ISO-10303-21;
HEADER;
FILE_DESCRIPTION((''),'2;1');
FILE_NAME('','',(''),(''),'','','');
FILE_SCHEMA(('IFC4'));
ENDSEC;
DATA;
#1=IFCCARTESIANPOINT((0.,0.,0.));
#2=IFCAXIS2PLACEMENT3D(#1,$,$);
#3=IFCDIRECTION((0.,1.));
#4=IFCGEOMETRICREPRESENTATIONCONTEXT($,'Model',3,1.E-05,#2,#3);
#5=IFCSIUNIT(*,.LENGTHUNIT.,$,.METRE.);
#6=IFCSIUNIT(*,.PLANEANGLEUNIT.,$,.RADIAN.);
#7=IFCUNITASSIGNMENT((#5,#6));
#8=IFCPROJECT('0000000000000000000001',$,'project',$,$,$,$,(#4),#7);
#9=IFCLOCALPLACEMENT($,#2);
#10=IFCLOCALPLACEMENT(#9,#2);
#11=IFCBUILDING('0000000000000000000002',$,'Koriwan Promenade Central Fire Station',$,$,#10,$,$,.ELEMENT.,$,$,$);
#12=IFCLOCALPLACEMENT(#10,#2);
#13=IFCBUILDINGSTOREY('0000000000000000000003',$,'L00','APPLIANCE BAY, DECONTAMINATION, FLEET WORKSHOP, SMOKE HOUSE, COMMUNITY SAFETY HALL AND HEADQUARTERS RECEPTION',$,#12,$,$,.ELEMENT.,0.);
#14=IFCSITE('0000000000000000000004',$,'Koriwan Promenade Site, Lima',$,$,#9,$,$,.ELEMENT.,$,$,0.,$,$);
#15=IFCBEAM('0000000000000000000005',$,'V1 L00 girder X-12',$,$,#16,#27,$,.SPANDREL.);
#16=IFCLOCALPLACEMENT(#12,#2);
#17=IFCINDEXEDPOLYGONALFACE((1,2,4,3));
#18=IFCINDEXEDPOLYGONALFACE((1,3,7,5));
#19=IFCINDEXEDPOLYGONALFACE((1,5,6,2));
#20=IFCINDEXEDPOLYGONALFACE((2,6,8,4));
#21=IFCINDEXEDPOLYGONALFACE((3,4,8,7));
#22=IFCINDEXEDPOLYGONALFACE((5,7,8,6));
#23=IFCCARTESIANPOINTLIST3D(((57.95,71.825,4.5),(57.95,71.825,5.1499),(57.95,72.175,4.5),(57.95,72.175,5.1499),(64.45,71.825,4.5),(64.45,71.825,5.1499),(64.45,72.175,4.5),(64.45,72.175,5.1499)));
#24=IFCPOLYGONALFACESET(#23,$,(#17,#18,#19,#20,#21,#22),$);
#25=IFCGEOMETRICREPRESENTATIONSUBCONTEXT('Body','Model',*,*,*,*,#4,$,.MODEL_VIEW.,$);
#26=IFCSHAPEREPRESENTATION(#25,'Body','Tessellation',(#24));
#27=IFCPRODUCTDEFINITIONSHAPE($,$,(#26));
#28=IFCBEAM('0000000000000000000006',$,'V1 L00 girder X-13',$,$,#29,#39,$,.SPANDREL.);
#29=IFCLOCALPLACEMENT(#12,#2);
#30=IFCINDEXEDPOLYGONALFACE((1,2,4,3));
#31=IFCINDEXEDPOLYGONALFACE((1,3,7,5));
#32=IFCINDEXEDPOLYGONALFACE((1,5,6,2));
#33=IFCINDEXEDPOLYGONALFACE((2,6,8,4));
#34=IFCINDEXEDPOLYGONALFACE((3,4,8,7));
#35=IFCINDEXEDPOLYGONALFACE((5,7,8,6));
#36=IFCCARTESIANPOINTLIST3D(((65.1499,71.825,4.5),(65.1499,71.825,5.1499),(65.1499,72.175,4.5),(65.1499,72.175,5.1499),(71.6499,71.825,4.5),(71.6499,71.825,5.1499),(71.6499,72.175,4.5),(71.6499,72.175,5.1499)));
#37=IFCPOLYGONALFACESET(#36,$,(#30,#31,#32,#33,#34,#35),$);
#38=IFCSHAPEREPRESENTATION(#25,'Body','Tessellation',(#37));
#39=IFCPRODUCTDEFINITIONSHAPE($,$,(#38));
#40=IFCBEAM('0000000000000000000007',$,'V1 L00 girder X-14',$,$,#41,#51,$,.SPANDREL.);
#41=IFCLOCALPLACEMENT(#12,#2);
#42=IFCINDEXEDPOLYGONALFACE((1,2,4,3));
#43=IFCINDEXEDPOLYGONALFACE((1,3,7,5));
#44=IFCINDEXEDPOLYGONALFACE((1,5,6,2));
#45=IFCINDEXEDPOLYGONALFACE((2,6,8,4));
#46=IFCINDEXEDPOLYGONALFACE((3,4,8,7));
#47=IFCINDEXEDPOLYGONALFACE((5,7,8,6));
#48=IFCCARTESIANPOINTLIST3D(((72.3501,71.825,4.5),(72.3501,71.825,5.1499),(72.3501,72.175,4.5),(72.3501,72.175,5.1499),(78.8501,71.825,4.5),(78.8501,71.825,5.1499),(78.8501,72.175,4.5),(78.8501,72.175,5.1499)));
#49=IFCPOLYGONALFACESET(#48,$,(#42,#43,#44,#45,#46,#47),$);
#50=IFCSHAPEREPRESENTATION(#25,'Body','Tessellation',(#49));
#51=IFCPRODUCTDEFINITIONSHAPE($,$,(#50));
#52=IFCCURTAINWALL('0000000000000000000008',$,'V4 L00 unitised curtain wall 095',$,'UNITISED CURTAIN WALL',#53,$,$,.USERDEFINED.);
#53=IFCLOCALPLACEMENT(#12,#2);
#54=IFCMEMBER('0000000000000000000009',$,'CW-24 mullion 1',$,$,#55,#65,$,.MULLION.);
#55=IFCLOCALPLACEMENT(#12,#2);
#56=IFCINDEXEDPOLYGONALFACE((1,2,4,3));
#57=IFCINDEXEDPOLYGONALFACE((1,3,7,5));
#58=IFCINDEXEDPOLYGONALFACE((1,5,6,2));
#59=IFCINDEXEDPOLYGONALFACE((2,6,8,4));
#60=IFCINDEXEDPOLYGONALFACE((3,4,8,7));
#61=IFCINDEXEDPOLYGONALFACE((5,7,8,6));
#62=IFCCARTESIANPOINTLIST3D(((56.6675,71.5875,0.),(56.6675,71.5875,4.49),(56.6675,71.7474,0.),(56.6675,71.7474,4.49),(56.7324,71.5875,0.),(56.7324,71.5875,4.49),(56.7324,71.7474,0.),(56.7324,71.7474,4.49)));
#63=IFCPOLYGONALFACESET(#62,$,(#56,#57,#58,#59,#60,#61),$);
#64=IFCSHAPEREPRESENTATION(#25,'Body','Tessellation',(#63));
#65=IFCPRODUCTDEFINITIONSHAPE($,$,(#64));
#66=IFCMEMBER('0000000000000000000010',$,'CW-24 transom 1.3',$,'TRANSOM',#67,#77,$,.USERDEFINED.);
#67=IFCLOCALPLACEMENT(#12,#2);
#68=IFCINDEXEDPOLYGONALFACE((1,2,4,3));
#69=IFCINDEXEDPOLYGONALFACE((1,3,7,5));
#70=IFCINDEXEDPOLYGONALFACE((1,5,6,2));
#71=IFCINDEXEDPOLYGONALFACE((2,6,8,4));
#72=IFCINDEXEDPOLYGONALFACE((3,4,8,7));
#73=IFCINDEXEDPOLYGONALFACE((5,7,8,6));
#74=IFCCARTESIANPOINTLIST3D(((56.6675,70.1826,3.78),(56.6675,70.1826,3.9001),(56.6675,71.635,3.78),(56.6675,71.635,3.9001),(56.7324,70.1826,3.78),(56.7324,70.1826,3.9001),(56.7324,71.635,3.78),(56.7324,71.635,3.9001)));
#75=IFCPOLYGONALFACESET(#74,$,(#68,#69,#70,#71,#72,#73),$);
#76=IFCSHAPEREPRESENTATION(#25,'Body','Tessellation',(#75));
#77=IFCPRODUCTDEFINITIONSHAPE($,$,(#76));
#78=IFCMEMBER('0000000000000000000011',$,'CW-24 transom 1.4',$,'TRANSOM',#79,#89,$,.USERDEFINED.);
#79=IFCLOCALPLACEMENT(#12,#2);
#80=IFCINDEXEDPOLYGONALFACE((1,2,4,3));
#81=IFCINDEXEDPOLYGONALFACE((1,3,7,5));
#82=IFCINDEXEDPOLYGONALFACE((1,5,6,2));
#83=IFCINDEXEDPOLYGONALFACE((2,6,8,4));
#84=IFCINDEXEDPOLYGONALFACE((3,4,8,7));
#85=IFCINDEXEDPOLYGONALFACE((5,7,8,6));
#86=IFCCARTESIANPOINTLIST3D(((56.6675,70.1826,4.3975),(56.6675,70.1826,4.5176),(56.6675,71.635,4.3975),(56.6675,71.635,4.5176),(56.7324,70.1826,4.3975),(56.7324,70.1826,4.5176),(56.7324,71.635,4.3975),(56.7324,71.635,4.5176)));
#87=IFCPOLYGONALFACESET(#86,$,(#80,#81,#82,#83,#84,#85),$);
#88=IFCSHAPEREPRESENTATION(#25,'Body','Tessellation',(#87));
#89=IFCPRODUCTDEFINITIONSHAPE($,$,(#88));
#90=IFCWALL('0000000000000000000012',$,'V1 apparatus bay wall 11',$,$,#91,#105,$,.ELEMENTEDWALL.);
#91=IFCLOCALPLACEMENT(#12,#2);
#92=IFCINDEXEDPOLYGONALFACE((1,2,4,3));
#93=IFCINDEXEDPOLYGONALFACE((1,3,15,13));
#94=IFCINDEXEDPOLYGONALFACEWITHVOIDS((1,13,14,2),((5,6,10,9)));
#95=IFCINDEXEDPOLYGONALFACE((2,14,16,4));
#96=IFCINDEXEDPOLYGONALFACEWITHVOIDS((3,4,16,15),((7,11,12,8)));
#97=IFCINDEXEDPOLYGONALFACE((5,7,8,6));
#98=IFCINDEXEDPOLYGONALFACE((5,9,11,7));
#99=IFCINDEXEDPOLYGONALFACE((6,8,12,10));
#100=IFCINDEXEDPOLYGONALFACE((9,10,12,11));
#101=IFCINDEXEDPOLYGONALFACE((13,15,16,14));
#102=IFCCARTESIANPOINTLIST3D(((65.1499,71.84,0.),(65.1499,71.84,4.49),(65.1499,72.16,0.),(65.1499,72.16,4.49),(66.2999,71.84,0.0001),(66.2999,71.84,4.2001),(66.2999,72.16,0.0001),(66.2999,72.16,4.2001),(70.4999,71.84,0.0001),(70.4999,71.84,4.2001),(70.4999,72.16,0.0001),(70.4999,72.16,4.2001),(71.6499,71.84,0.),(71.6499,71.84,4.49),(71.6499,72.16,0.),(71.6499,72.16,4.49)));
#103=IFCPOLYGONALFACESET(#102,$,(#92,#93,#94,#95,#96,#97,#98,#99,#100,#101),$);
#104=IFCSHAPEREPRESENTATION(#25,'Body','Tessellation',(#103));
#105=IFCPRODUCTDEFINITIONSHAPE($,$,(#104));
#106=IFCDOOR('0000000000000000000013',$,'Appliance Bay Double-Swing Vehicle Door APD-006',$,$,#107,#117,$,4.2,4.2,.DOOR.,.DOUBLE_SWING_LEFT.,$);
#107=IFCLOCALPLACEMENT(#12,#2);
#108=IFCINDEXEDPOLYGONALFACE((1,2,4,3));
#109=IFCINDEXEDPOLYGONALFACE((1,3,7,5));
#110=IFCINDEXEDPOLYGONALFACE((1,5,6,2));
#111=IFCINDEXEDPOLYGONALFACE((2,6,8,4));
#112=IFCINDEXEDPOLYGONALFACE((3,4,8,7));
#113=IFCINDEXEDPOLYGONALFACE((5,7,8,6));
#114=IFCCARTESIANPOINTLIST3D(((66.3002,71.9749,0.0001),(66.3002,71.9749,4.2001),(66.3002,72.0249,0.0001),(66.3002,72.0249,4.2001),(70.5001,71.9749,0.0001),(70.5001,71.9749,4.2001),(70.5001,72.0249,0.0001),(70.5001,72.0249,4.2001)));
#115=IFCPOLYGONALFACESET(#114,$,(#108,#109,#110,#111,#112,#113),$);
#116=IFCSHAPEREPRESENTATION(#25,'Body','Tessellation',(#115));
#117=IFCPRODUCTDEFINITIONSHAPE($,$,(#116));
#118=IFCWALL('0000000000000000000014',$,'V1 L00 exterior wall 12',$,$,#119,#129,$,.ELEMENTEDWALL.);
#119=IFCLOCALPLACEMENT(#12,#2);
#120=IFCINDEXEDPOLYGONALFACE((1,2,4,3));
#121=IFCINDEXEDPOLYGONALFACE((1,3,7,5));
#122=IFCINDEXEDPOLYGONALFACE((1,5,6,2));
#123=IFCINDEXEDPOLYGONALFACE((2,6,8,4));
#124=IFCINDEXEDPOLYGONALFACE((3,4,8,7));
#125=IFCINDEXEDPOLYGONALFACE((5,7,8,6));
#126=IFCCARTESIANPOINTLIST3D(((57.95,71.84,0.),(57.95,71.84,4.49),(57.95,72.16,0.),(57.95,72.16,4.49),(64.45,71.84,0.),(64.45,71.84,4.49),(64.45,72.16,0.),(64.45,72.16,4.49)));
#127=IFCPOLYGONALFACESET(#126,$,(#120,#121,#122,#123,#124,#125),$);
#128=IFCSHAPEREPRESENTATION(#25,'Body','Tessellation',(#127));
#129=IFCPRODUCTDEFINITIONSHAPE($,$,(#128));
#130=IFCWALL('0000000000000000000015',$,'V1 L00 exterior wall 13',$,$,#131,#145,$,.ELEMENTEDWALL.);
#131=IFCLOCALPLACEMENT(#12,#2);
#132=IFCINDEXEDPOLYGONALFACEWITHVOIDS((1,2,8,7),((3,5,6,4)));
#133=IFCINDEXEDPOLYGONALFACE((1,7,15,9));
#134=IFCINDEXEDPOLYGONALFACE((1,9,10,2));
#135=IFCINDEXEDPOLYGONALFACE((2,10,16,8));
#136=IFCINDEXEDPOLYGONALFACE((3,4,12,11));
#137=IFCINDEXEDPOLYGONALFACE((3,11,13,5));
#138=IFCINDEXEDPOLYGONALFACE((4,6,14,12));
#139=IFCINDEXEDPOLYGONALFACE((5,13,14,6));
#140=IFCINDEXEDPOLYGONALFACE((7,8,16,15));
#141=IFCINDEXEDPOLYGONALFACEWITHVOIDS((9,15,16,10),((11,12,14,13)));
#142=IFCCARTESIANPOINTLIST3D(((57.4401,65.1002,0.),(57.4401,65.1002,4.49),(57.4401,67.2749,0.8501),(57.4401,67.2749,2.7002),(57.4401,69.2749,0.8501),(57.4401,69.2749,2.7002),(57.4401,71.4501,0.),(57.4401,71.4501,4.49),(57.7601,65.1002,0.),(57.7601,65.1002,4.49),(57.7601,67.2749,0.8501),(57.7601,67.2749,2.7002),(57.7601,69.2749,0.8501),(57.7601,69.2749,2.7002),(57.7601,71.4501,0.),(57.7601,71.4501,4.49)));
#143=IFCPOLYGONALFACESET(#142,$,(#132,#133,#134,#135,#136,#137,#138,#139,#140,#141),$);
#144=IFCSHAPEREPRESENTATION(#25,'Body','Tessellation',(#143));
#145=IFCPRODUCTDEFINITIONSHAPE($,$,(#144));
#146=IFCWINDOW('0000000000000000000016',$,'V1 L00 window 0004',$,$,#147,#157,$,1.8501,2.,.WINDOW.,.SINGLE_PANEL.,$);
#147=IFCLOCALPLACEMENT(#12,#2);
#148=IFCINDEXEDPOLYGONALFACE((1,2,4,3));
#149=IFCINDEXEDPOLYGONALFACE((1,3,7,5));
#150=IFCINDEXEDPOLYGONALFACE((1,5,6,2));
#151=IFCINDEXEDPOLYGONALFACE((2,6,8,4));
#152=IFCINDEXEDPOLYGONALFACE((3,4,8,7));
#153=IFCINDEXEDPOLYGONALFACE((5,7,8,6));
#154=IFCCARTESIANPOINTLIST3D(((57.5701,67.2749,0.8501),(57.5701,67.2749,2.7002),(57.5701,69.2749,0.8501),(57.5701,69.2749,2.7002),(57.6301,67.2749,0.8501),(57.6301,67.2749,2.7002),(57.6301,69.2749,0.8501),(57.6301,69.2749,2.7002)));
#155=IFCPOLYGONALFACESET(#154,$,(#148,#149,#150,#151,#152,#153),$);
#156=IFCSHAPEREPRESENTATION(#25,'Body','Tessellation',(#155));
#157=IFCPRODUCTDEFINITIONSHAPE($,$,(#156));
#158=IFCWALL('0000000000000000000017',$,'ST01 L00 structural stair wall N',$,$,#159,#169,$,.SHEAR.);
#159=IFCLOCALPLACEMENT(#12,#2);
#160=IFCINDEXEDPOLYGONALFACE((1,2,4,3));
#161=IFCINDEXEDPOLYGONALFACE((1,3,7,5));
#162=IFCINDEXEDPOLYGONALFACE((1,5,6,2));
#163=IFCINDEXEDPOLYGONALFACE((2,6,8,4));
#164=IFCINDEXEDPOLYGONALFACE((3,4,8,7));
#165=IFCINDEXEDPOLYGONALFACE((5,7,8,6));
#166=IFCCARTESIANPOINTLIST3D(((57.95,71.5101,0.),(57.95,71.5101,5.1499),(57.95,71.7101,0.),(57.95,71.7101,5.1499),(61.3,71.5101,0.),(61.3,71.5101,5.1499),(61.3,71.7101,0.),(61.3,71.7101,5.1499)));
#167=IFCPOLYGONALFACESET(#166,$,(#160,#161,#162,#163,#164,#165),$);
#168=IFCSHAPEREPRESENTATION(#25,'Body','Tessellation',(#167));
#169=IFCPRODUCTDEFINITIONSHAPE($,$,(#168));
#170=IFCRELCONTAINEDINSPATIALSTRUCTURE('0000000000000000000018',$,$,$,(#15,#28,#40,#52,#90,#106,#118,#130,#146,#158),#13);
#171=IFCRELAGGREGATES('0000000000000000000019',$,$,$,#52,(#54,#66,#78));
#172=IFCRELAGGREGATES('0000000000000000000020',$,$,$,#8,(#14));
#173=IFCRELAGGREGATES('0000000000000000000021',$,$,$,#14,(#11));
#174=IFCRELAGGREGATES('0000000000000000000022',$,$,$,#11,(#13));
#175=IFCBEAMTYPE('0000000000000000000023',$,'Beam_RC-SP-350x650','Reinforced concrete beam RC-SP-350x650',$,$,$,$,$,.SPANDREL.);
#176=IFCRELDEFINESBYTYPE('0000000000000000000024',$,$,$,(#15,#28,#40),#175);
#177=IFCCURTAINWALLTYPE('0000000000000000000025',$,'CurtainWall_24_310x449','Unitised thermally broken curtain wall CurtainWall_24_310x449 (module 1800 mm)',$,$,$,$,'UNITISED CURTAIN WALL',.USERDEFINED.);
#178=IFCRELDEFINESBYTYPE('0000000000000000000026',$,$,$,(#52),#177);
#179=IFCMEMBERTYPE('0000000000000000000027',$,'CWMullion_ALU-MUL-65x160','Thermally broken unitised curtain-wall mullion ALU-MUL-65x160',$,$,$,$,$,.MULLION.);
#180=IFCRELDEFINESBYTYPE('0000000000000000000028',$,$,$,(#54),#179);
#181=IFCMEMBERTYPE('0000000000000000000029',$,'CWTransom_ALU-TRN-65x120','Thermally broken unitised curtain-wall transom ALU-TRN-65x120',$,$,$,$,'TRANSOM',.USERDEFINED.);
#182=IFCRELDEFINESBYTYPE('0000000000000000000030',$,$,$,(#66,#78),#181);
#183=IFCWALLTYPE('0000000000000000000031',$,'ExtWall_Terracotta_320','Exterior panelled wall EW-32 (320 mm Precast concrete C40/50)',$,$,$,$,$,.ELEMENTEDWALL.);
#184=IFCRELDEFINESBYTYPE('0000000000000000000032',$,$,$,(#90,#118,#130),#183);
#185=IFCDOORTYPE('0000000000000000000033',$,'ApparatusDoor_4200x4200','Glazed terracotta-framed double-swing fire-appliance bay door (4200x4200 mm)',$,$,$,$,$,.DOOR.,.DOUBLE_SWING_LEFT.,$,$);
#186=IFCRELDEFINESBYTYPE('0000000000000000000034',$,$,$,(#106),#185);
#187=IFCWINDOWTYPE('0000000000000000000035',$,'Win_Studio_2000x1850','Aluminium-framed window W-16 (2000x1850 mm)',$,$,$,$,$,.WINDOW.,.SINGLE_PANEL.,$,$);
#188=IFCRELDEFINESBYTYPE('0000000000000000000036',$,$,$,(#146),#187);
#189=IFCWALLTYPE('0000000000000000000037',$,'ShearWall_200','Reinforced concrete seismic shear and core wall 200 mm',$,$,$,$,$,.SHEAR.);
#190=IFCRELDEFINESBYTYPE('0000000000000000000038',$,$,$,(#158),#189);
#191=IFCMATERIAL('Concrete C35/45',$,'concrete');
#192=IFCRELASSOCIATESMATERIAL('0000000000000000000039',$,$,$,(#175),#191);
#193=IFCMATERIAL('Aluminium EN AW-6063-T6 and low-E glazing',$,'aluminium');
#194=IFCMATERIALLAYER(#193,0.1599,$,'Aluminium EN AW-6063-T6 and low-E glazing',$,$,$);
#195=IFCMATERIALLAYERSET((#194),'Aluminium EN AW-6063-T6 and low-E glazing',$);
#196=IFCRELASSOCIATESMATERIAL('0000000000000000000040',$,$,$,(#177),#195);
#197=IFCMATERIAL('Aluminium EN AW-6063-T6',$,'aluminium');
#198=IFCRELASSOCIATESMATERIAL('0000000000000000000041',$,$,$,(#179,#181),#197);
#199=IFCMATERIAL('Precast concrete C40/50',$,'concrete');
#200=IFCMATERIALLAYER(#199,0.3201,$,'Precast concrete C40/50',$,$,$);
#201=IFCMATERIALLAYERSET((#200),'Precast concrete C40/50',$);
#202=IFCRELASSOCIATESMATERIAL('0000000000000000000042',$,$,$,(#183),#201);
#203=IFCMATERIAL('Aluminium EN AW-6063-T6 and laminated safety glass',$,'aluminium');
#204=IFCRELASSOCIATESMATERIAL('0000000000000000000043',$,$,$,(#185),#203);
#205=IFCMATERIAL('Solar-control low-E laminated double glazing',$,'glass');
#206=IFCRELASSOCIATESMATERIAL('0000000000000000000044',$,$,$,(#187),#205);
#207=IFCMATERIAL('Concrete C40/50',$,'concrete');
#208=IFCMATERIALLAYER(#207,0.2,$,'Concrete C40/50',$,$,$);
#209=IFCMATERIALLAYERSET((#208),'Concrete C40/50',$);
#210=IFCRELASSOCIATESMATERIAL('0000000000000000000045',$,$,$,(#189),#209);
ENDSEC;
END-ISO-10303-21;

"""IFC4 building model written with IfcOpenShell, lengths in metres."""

from ifc_helpers import new_model, si_unit, direction, frame, frame_2d, origin, origin_2d, place, context, subcontext, project, spatial, rectangle, extrude, material, layer, layer_set, material_profile, profile_set, type_object, element, fill, aggregate, save


model = new_model("IFC4")

# Units and contexts
model_context = context("Model", 3, precision=1e-05, world=origin(), true_north=direction((0.0, 1.0)))
body_context = subcontext(model_context, "Body", "Model", "MODEL_VIEW")
ifc_project = project(units=[si_unit("LENGTHUNIT", "METRE"), si_unit("PLANEANGLEUNIT", "RADIAN")], contexts=[model_context])

# Site, building, storey
site_placement = place(None, origin())
site = spatial("IfcSite", under=ifc_project, at=site_placement, Name="Koriwan Promenade Site, Lima", CompositionType="ELEMENT", RefElevation=0.0)
building_placement = place(site_placement, origin())
building = spatial("IfcBuilding", under=site, at=building_placement, Name="Koriwan Promenade Central Fire Station", CompositionType="ELEMENT")
storey_placement = place(building_placement, origin())
storey = spatial("IfcBuildingStorey", under=building, at=storey_placement, Name="L00", Description="APPLIANCE BAY, DECONTAMINATION, FLEET WORKSHOP, SMOKE HOUSE, COMMUNITY SAFETY HALL AND HEADQUARTERS RECEPTION", CompositionType="ELEMENT", Elevation=0.0)

# Shared definitions
ifc_material_1 = material(Name="Concrete C35/45", Category="concrete")

# Shared definitions
ifc_material_2 = material(Name="Concrete C40/50", Category="concrete")

# Beams
ifc_material_profile_1 = material_profile(ifc_material_1, rectangle(XDim=0.3501, YDim=0.6499, at=origin_2d()), Name="RC-SP-350x650")
ifc_profile_set_1 = profile_set([ifc_material_profile_1], Name="Concrete C35/45")
beam_type = type_object("IfcBeamType", Name="Beam_RC-SP-350x650", Description="Reinforced concrete beam RC-SP-350x650", PredefinedType="SPANDREL", material=ifc_profile_set_1)
for number, where, z_axis, x_axis, name in (
    (1, (57.95, 72.0, 4.825), (1.0, 0.0, 0.0), (0.0, 1.0, 0.0), "V1 L00 girder X-12"),
    (2, (65.1499, 72.0, 4.825), (1.0, 0.0, 0.0), (0.0, 1.0, 0.0), "V1 L00 girder X-13"),
    (3, (72.3501, 72.0, 4.825), (1.0, 0.0, 0.0), (0.0, 1.0, 0.0), "V1 L00 girder X-14"),
):
    element("IfcBeam", number, at=place(storey_placement, frame(where, z_axis=z_axis, x_axis=x_axis)), inside=storey, type_object=beam_type, Name=name, PredefinedType="SPANDREL", context=body_context, shape_type="SweptSolid", body=[
        extrude(rectangle(XDim=0.3501, YDim=0.6499, at=origin_2d()), origin(), (0.0, 0.0, 1.0), 6.5),
    ])

# Curtain wall, members
ifc_material_3 = material(Name="Aluminium EN AW-6063-T6 and low-E glazing", Category="aluminium")
ifc_layer_1 = layer(ifc_material_3, 0.1599, Name="Aluminium EN AW-6063-T6 and low-E glazing")
ifc_layer_set_1 = layer_set([ifc_layer_1], Name="Aluminium EN AW-6063-T6 and low-E glazing")
curtain_wall_type = type_object("IfcCurtainWallType", Name="CurtainWall_24_310x449", Description="Unitised thermally broken curtain wall CurtainWall_24_310x449 (module 1800 mm)", ElementType="UNITISED CURTAIN WALL", PredefinedType="USERDEFINED", material=ifc_layer_set_1)
curtain_wall_placement = place(storey_placement, origin())
curtain_wall = element("IfcCurtainWall", 4, at=curtain_wall_placement, inside=storey, type_object=curtain_wall_type, Name="V4 L00 unitised curtain wall 095", ObjectType="UNITISED CURTAIN WALL", PredefinedType="USERDEFINED")
ifc_material_4 = material(Name="Aluminium EN AW-6063-T6", Category="aluminium")
ifc_material_profile_2 = material_profile(ifc_material_4, rectangle(XDim=0.0649, YDim=0.1599, at=origin_2d()), Name="ALU-MUL-65x160")
ifc_profile_set_2 = profile_set([ifc_material_profile_2], Name="Aluminium EN AW-6063-T6")
member_type_1 = type_object("IfcMemberType", Name="CWMullion_ALU-MUL-65x160", Description="Thermally broken unitised curtain-wall mullion ALU-MUL-65x160", PredefinedType="MULLION", material=ifc_profile_set_2)
member_1_placement = place(storey_placement, frame((56.7, 71.6675, 0.0), z_axis=(0.0, 0.0, 1.0), x_axis=(1.0, 0.0, 0.0)))
member_1 = element("IfcMember", 5, at=member_1_placement, type_object=member_type_1, Name="CW-24 mullion 1", PredefinedType="MULLION", context=body_context, shape_type="SweptSolid", body=[
    extrude(rectangle(XDim=0.0649, YDim=0.1599, at=origin_2d()), origin(), (0.0, 0.0, 1.0), 4.49),
])
ifc_material_profile_3 = material_profile(ifc_material_4, rectangle(XDim=0.0649, YDim=0.1201, at=origin_2d()), Name="ALU-TRN-65x120")
ifc_profile_set_3 = profile_set([ifc_material_profile_3], Name="Aluminium EN AW-6063-T6")
member_type_2 = type_object("IfcMemberType", Name="CWTransom_ALU-TRN-65x120", Description="Thermally broken unitised curtain-wall transom ALU-TRN-65x120", ElementType="TRANSOM", PredefinedType="USERDEFINED", material=ifc_profile_set_3)
member_2_placement = place(storey_placement, frame((56.7, 71.635, 3.8401), z_axis=(0.0, -1.0, 0.0), x_axis=(1.0, 0.0, 0.0)))
member_2 = element("IfcMember", 6, at=member_2_placement, type_object=member_type_2, Name="CW-24 transom 1.3", ObjectType="TRANSOM", PredefinedType="USERDEFINED", context=body_context, shape_type="SweptSolid", body=[
    extrude(rectangle(XDim=0.0649, YDim=0.1201, at=origin_2d()), origin(), (0.0, 0.0, 1.0), 1.4524),
])
member_3_placement = place(storey_placement, frame((56.7, 71.635, 4.4575), z_axis=(0.0, -1.0, 0.0), x_axis=(1.0, 0.0, 0.0)))
member_3 = element("IfcMember", 7, at=member_3_placement, type_object=member_type_2, Name="CW-24 transom 1.4", ObjectType="TRANSOM", PredefinedType="USERDEFINED", context=body_context, shape_type="SweptSolid", body=[
    extrude(rectangle(XDim=0.0649, YDim=0.1201, at=origin_2d()), origin(), (0.0, 0.0, 1.0), 1.4524),
])
aggregate(curtain_wall, [member_1, member_2, member_3])

# Wall, opening, door
ifc_material_5 = material(Name="Precast concrete C40/50", Category="concrete")
ifc_layer_2 = layer(ifc_material_5, 0.3201, Name="Precast concrete C40/50")
ifc_layer_set_2 = layer_set([ifc_layer_2], Name="Precast concrete C40/50")
wall_type_1 = type_object("IfcWallType", Name="ExtWall_Terracotta_320", Description="Exterior panelled wall EW-32 (320 mm Precast concrete C40/50)", PredefinedType="ELEMENTEDWALL", material=ifc_layer_set_2)
wall_1_placement = place(storey_placement, frame((71.6499, 72.0, 0.0), z_axis=(0.0, 0.0, 1.0), x_axis=(-1.0, 0.0, 0.0)))
wall_1 = element("IfcWall", 8, at=wall_1_placement, inside=storey, type_object=wall_type_1, Name="V1 apparatus bay wall 11", PredefinedType="ELEMENTEDWALL", context=body_context, shape_type="SweptSolid", body=[
    extrude(rectangle(XDim=6.5, YDim=0.3201, at=frame_2d((3.25, 0.0))), origin(), (0.0, 0.0, 1.0), 4.49),
])
opening_1_placement = place(wall_1_placement, frame((1.1499, 0.0, 0.0)))
opening_1 = element("IfcOpeningElement", 9, at=opening_1_placement, cuts=wall_1, PredefinedType="OPENING", context=body_context, shape_type="SweptSolid", body=[
    extrude(rectangle(XDim=4.2, YDim=4.2, at=frame_2d((2.1001, 2.1001))), frame((0.0, 0.1719, 0.0), z_axis=(0.0, -1.0, 0.0), x_axis=(1.0, 0.0, 0.0)), (0.0, 0.0, 1.0), 0.344),
])
ifc_material_6 = material(Name="Aluminium EN AW-6063-T6 and laminated safety glass", Category="aluminium")
door_type = type_object("IfcDoorType", Name="ApparatusDoor_4200x4200", Description="Glazed terracotta-framed double-swing fire-appliance bay door (4200x4200 mm)", OperationType="DOUBLE_SWING_LEFT", PredefinedType="DOOR", material=ifc_material_6)
door_placement = place(opening_1_placement, frame((4.2, 0.0, 0.0), z_axis=(0.0, 0.0, 1.0), x_axis=(-1.0, 0.0, 0.0)))
door = element("IfcDoor", 10, at=door_placement, inside=storey, type_object=door_type, Name="Appliance Bay Double-Swing Vehicle Door APD-006", OperationType="DOUBLE_SWING_LEFT", OverallHeight=4.2, OverallWidth=4.2, PredefinedType="DOOR", context=body_context, shape_type="SweptSolid", body=[
    extrude(rectangle(XDim=4.2, YDim=4.2, at=frame_2d((2.1001, 2.1001))), frame((0.0, 0.0249, 0.0), z_axis=(0.0, -1.0, 0.0), x_axis=(1.0, 0.0, 0.0)), (0.0, 0.0, 1.0), 0.05),
])
fill(opening_1, door)

# Wall
wall_2_placement = place(storey_placement, frame((64.45, 72.0, 0.0), z_axis=(0.0, 0.0, 1.0), x_axis=(-1.0, 0.0, 0.0)))
element("IfcWall", 11, at=wall_2_placement, inside=storey, type_object=wall_type_1, Name="V1 L00 exterior wall 12", PredefinedType="ELEMENTEDWALL", context=body_context, shape_type="SweptSolid", body=[
    extrude(rectangle(XDim=6.5, YDim=0.3201, at=frame_2d((3.25, 0.0))), origin(), (0.0, 0.0, 1.0), 4.49),
])

# Wall, opening, window
wall_3_placement = place(storey_placement, frame((57.6001, 71.45, 0.0), z_axis=(0.0, 0.0, 1.0), x_axis=(0.0, -1.0, 0.0)))
wall_3 = element("IfcWall", 12, at=wall_3_placement, inside=storey, type_object=wall_type_1, Name="V1 L00 exterior wall 13", PredefinedType="ELEMENTEDWALL", context=body_context, shape_type="SweptSolid", body=[
    extrude(rectangle(XDim=6.3499, YDim=0.3201, at=frame_2d((3.1748, 0.0))), origin(), (0.0, 0.0, 1.0), 4.49),
])
opening_2_placement = place(wall_3_placement, frame((2.175, 0.0, 0.8501)))
opening_2 = element("IfcOpeningElement", 13, at=opening_2_placement, cuts=wall_3, PredefinedType="OPENING", context=body_context, shape_type="SweptSolid", body=[
    extrude(rectangle(XDim=2.0, YDim=1.8501, at=frame_2d((1.0, 0.925))), frame((0.0, 0.1719, 0.0), z_axis=(0.0, -1.0, 0.0), x_axis=(1.0, 0.0, 0.0)), (0.0, 0.0, 1.0), 0.344),
])
ifc_material_7 = material(Name="Solar-control low-E laminated double glazing", Category="glass")
window_type = type_object("IfcWindowType", Name="Win_Studio_2000x1850", Description="Aluminium-framed window W-16 (2000x1850 mm)", PartitioningType="SINGLE_PANEL", PredefinedType="WINDOW", material=ifc_material_7)
window_placement = place(opening_2_placement, origin())
window = element("IfcWindow", 14, at=window_placement, inside=storey, type_object=window_type, Name="V1 L00 window 0004", OverallHeight=1.8501, OverallWidth=2.0, PartitioningType="SINGLE_PANEL", PredefinedType="WINDOW", context=body_context, shape_type="SweptSolid", body=[
    extrude(rectangle(XDim=2.0, YDim=1.8501, at=frame_2d((1.0, 0.925))), frame((0.0, 0.03, 0.0), z_axis=(0.0, -1.0, 0.0), x_axis=(1.0, 0.0, 0.0)), (0.0, 0.0, 1.0), 0.0601),
])
fill(opening_2, window)

# Wall
ifc_layer_3 = layer(ifc_material_2, 0.2, Name="Concrete C40/50")
ifc_layer_set_3 = layer_set([ifc_layer_3], Name="Concrete C40/50")
wall_type_2 = type_object("IfcWallType", Name="ShearWall_200", Description="Reinforced concrete seismic shear and core wall 200 mm", PredefinedType="SHEAR", material=ifc_layer_set_3)
wall_4_placement = place(storey_placement, frame((57.95, 71.6101, 0.0), z_axis=(0.0, 0.0, 1.0), x_axis=(1.0, 0.0, 0.0)))
element("IfcWall", 15, at=wall_4_placement, inside=storey, type_object=wall_type_2, Name="ST01 L00 structural stair wall N", PredefinedType="SHEAR", context=body_context, shape_type="SweptSolid", body=[
    extrude(rectangle(XDim=3.3501, YDim=0.2, at=frame_2d((1.675, 0.0))), origin(), (0.0, 0.0, 1.0), 5.1499),
])

save(model, "model.ifc")
